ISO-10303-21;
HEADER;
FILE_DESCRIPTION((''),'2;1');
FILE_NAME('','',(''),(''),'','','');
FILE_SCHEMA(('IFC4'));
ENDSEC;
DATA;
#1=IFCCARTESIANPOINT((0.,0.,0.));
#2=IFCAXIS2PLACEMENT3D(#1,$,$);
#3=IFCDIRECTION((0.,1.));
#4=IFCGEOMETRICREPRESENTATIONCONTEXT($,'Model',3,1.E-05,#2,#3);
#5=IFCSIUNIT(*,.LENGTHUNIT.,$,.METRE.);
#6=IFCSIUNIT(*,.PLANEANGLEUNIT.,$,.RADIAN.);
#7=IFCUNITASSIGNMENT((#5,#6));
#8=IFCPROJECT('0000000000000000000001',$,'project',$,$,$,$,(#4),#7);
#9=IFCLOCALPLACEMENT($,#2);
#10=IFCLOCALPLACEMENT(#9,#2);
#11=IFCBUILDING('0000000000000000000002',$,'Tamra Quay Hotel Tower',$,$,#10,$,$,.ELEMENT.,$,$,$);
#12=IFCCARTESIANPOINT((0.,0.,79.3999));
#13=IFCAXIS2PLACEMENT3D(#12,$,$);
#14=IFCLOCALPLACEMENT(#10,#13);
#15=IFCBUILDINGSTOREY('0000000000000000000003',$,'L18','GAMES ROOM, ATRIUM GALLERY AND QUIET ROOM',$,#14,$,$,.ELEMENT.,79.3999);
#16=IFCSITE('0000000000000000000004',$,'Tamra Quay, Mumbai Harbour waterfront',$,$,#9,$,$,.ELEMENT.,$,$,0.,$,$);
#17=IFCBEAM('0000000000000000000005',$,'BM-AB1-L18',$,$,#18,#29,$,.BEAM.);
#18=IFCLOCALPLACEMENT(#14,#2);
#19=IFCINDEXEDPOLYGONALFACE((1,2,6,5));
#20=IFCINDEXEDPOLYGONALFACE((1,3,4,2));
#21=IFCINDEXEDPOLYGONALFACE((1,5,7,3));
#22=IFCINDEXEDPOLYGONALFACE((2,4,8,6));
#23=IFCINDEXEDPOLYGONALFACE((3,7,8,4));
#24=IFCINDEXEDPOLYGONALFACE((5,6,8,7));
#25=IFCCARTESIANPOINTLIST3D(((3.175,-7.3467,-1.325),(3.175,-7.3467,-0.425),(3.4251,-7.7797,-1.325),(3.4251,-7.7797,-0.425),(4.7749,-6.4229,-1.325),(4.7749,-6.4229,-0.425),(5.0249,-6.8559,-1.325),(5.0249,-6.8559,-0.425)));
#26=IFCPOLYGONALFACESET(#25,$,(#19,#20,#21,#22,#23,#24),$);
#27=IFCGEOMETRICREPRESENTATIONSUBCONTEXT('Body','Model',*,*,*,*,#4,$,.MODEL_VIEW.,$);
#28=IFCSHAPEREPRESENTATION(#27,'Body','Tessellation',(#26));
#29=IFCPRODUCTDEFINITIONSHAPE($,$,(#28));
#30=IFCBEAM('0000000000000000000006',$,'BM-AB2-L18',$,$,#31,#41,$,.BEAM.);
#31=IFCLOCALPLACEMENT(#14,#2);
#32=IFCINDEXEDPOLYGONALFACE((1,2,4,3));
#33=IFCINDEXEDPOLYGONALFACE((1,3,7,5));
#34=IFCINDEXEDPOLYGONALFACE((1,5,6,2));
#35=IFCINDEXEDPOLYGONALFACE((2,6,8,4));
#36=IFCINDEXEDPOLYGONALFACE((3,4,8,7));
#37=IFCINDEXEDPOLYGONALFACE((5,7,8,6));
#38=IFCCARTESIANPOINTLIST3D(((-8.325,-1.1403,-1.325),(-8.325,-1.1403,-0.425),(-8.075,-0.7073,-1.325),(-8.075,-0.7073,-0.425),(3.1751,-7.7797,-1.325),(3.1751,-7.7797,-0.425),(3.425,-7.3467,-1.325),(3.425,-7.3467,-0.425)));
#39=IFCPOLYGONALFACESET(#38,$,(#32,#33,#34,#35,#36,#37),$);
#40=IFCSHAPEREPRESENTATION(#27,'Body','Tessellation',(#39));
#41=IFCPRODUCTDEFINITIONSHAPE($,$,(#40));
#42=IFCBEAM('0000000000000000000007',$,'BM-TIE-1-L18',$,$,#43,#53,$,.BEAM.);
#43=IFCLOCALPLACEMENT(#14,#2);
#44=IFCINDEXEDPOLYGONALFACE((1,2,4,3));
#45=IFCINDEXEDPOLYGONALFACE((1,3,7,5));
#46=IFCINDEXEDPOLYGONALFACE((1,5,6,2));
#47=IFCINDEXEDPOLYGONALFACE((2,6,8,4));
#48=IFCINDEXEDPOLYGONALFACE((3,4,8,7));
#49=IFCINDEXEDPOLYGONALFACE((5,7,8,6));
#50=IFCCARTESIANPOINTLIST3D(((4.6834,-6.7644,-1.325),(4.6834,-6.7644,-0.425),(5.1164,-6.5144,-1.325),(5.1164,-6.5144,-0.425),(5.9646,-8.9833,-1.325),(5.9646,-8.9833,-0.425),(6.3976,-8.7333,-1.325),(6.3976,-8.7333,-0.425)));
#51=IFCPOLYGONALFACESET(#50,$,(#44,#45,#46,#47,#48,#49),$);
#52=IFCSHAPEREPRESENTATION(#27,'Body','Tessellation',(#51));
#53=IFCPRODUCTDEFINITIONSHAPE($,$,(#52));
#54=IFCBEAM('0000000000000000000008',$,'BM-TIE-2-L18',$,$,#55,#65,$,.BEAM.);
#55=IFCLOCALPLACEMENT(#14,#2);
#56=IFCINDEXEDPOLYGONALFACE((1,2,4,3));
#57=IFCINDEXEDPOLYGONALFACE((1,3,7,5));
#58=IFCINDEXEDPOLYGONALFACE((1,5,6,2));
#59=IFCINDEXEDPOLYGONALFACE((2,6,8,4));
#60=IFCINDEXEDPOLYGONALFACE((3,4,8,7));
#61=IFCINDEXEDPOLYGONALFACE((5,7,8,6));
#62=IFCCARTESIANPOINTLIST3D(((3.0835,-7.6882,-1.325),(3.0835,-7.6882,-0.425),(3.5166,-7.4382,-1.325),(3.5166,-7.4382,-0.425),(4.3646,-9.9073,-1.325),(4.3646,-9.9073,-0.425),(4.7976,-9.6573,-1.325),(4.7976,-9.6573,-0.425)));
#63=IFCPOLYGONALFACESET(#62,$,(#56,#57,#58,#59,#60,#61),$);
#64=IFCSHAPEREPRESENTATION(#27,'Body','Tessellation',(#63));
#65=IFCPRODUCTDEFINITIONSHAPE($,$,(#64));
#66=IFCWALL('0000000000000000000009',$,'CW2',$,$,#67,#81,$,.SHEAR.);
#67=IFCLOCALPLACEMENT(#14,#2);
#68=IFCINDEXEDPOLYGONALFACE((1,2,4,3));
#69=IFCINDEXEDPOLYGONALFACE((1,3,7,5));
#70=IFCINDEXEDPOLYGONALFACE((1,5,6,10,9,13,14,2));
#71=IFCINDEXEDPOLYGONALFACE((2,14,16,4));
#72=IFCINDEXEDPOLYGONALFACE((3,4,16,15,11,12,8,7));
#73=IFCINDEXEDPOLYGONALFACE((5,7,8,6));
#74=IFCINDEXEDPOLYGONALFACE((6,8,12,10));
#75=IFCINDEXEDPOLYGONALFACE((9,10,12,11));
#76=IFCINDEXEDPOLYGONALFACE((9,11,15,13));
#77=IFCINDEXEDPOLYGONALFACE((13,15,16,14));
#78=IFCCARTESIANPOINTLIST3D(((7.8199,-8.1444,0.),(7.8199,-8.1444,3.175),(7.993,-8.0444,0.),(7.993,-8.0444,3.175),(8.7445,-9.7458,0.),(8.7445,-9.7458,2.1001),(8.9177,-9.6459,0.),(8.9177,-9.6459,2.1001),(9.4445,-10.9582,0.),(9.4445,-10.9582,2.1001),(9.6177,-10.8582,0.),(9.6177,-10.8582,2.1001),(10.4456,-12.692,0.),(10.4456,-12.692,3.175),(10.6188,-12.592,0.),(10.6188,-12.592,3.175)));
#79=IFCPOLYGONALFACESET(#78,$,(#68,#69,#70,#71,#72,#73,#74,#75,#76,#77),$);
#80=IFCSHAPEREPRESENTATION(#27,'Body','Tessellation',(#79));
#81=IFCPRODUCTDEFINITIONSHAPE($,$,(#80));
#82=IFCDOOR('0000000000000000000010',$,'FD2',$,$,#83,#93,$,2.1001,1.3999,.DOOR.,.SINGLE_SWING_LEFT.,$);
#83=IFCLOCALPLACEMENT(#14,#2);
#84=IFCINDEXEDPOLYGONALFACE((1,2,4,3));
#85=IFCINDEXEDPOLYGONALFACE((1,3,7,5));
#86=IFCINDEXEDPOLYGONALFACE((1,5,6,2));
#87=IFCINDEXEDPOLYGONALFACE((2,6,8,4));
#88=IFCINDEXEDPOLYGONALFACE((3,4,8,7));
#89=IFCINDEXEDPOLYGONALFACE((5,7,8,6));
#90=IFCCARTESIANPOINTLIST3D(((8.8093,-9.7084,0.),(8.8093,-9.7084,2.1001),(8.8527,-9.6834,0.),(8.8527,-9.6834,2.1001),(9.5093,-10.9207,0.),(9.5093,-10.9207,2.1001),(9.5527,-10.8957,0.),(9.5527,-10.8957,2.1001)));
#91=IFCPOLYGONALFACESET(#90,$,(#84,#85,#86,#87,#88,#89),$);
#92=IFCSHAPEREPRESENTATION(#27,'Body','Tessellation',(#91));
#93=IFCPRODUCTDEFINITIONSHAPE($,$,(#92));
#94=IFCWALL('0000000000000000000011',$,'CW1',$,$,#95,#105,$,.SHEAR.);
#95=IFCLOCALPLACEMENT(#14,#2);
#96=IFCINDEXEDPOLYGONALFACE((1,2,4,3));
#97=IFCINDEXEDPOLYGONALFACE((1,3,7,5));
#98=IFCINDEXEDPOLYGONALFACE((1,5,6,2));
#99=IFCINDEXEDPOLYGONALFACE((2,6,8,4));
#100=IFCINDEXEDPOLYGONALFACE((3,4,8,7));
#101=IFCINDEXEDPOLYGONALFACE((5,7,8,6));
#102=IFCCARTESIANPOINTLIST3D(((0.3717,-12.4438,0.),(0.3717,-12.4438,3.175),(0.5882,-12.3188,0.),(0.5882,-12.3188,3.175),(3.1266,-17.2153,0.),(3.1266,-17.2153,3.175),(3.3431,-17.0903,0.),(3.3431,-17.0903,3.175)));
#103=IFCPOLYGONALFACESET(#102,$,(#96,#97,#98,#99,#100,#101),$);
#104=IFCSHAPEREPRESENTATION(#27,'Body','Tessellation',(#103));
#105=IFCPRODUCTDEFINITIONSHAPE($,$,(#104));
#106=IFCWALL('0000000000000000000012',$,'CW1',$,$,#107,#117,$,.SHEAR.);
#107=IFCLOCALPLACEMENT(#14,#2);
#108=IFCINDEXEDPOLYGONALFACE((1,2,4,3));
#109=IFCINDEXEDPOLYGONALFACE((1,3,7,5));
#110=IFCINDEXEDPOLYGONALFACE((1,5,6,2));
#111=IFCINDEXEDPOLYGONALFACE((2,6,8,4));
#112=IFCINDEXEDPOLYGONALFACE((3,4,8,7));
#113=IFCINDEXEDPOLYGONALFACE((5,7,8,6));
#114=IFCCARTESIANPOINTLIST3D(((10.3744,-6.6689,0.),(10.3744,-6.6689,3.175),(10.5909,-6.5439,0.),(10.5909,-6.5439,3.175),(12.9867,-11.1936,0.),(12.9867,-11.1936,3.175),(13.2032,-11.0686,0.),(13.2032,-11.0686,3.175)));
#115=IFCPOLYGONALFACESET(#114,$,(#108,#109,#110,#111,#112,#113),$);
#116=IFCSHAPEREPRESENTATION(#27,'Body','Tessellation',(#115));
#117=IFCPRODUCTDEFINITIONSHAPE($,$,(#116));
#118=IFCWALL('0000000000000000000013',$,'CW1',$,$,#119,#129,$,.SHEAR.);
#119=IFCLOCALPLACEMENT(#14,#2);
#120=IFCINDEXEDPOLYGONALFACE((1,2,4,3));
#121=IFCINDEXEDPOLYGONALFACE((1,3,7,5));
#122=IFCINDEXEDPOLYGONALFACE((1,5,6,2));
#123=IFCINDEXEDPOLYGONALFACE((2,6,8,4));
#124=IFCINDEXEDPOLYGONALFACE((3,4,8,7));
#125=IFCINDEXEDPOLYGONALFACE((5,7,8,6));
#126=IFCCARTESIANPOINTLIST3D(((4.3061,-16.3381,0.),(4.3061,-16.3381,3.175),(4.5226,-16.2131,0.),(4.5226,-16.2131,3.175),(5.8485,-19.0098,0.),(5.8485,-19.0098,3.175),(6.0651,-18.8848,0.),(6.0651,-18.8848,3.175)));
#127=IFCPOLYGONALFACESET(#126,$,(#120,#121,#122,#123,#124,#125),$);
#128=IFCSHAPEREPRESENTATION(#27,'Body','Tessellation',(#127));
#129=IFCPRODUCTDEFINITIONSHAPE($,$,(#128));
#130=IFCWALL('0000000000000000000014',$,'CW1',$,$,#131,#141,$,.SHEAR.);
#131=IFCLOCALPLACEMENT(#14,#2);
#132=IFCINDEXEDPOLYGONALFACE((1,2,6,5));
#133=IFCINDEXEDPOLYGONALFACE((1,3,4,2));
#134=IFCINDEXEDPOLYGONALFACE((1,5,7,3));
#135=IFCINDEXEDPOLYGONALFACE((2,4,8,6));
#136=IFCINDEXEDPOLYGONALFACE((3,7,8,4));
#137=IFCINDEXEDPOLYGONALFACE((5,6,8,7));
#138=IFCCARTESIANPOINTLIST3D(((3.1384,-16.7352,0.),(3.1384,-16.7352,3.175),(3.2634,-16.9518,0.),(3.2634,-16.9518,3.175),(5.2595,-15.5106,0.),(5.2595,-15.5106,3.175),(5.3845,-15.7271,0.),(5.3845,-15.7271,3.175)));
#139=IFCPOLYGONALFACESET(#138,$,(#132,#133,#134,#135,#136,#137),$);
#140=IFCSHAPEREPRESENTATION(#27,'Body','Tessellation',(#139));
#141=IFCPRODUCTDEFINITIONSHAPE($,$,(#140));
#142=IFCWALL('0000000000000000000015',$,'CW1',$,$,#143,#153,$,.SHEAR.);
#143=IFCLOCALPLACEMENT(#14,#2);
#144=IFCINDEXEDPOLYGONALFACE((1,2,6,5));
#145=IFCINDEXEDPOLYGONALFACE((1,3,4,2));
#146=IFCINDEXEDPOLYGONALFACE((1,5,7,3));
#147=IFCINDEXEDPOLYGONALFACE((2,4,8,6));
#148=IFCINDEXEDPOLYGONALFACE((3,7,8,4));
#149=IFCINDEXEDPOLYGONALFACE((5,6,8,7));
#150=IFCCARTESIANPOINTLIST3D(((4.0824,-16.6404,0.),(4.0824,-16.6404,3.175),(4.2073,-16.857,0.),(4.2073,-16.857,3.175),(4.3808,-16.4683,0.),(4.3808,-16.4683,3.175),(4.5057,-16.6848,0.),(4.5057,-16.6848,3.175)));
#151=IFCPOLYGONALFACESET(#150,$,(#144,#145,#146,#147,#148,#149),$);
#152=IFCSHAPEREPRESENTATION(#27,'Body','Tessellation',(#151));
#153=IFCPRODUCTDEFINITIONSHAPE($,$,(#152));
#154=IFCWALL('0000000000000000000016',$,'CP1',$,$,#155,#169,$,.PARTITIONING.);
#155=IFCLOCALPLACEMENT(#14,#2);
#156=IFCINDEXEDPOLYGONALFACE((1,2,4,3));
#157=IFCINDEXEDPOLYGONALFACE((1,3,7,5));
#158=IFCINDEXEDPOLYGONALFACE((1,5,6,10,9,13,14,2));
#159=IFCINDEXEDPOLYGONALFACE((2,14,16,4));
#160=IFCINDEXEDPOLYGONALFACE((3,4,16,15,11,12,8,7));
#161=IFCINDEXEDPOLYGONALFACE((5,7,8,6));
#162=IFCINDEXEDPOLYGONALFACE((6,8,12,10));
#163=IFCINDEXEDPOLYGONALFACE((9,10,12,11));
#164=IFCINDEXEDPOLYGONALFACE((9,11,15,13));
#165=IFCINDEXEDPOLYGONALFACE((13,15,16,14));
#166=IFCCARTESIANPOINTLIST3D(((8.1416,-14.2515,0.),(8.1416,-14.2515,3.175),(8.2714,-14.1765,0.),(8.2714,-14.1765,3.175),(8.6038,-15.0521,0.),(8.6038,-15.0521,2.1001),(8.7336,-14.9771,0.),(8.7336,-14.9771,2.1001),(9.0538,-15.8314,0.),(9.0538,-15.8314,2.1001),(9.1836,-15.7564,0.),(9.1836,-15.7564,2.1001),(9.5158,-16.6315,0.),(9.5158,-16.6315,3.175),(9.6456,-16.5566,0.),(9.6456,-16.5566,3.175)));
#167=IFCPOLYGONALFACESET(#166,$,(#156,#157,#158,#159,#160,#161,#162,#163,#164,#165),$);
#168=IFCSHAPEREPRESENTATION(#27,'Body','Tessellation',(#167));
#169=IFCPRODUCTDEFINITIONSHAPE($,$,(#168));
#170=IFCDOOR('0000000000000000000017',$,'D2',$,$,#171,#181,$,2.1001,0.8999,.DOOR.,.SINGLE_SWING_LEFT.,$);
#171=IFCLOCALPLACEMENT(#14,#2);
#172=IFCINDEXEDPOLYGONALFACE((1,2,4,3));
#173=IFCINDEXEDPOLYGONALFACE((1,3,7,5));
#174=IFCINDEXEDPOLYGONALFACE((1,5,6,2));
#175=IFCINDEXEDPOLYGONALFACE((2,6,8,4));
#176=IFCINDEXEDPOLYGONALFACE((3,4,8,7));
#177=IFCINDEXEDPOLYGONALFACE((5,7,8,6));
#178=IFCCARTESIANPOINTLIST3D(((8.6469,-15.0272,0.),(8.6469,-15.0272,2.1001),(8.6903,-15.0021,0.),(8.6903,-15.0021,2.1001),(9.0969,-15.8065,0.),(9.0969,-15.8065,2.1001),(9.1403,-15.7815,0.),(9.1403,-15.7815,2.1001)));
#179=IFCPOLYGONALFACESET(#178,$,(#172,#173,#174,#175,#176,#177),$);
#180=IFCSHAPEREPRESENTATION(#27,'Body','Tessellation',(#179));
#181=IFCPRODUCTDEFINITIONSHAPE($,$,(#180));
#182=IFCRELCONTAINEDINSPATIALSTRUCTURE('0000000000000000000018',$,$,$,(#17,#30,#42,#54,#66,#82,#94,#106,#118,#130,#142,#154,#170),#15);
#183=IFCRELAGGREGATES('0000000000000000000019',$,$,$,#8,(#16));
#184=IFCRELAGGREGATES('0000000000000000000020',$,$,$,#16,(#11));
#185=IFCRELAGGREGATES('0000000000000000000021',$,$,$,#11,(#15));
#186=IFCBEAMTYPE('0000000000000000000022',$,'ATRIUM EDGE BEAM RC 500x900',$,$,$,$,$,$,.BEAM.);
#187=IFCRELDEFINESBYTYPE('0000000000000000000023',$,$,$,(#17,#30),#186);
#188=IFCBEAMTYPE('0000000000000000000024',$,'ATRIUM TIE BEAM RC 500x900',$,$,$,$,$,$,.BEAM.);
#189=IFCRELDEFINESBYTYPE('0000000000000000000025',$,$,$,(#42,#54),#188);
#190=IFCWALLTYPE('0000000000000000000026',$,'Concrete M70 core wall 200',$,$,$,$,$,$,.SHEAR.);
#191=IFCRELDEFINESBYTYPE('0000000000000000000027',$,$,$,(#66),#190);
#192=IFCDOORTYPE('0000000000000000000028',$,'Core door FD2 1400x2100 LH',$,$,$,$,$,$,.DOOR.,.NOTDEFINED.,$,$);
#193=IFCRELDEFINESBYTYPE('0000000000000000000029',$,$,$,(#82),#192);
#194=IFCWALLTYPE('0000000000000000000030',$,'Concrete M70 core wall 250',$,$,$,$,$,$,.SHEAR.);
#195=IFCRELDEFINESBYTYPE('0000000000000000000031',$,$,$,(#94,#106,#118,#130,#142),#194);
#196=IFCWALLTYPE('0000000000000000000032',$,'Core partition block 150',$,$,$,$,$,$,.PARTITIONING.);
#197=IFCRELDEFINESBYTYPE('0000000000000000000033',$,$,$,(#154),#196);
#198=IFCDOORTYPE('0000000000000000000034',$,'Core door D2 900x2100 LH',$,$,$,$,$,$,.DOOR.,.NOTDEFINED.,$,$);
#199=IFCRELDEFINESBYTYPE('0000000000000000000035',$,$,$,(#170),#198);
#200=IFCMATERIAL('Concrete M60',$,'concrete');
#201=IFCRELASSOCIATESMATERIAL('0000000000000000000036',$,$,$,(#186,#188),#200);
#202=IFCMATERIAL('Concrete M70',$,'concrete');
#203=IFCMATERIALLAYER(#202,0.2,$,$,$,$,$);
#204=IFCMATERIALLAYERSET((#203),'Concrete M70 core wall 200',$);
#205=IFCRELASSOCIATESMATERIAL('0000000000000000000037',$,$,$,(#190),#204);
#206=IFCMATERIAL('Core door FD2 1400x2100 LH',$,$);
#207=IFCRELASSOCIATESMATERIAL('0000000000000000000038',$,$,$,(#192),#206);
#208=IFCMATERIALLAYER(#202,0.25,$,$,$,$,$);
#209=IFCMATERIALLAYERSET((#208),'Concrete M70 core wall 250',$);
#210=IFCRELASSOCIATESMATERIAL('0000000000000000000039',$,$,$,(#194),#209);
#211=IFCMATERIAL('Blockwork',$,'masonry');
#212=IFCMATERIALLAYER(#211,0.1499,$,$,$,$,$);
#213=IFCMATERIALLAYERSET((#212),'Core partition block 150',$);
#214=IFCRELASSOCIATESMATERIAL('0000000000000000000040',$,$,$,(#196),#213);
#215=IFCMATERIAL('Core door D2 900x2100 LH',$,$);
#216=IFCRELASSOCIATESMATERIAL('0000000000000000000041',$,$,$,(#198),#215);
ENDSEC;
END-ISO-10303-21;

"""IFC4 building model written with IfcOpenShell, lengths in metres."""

from ifc_helpers import new_model, si_unit, direction, frame, frame_2d, origin, origin_2d, place, context, subcontext, project, spatial, rectangle, extrude, material, layer, layer_set, material_profile, profile_set, type_object, element, fill, save


model = new_model("IFC4")

# Units and contexts
model_context = context("Model", 3, precision=1e-05, world=origin(), true_north=direction((0.0, 1.0)))
body_context = subcontext(model_context, "Body", "Model", "MODEL_VIEW")
ifc_project = project(units=[si_unit("LENGTHUNIT", "METRE"), si_unit("PLANEANGLEUNIT", "RADIAN")], contexts=[model_context])

# Site, building, storey
site_placement = place(None, origin())
site = spatial("IfcSite", under=ifc_project, at=site_placement, Name="Tamra Quay, Mumbai Harbour waterfront", CompositionType="ELEMENT", RefElevation=0.0)
building_placement = place(site_placement, origin())
building = spatial("IfcBuilding", under=site, at=building_placement, Name="Tamra Quay Hotel Tower", CompositionType="ELEMENT")
storey_placement = place(building_placement, frame((0.0, 0.0, 79.3999)))
storey = spatial("IfcBuildingStorey", under=building, at=storey_placement, Name="L18", Description="GAMES ROOM, ATRIUM GALLERY AND QUIET ROOM", CompositionType="ELEMENT", Elevation=79.3999)

# Beams
ifc_material_1 = material(Name="Concrete M60", Category="concrete")
ifc_material_profile_1 = material_profile(ifc_material_1, rectangle(XDim=0.5, YDim=0.8999, at=origin_2d()), Name="ATRIUM EDGE BEAM RC 500x900")
ifc_profile_set_1 = profile_set([ifc_material_profile_1], Name="Concrete M60")
beam_type_1 = type_object("IfcBeamType", Name="ATRIUM EDGE BEAM RC 500x900", PredefinedType="BEAM", material=ifc_profile_set_1)
beam_1_placement = place(storey_placement, frame((4.8999, -6.6394, -0.875), z_axis=(-0.86599, -0.500062, 0.0), x_axis=(0.500062, -0.86599, 0.0)))
element("IfcBeam", 1, at=beam_1_placement, inside=storey, type_object=beam_type_1, Name="BM-AB1-L18", PredefinedType="BEAM", context=body_context, shape_type="SweptSolid", body=[
    extrude(rectangle(XDim=0.5, YDim=0.8999, at=origin_2d()), origin(), (0.0, 0.0, 1.0), 1.8474),
])
beam_2_placement = place(storey_placement, frame((3.3, -7.5632, -0.875), z_axis=(-0.866029, 0.499993, 0.0), x_axis=(-0.499993, -0.866029, 0.0)))
element("IfcBeam", 2, at=beam_2_placement, inside=storey, type_object=beam_type_1, Name="BM-AB2-L18", PredefinedType="BEAM", context=body_context, shape_type="SweptSolid", body=[
    extrude(rectangle(XDim=0.5, YDim=0.8999, at=origin_2d()), origin(), (0.0, 0.0, 1.0), 13.2791),
])
ifc_material_profile_2 = material_profile(ifc_material_1, rectangle(XDim=0.5, YDim=0.8999, at=origin_2d()), Name="ATRIUM TIE BEAM RC 500x900")
ifc_profile_set_2 = profile_set([ifc_material_profile_2], Name="Concrete M60")
beam_type_2 = type_object("IfcBeamType", Name="ATRIUM TIE BEAM RC 500x900", PredefinedType="BEAM", material=ifc_profile_set_2)
for number, where, z_axis, x_axis, name in (
    (3, (4.8999, -6.6394, -0.875), (0.500033, -0.866006, 0.0), (0.866006, 0.500033, 0.0), "BM-TIE-1-L18"),
    (4, (3.3, -7.5632, -0.875), (0.499962, -0.866048, 0.0), (0.866048, 0.499962, 0.0), "BM-TIE-2-L18"),
):
    element("IfcBeam", number, at=place(storey_placement, frame(where, z_axis=z_axis, x_axis=x_axis)), inside=storey, type_object=beam_type_2, Name=name, PredefinedType="BEAM", context=body_context, shape_type="SweptSolid", body=[
        extrude(rectangle(XDim=0.5, YDim=0.8999, at=origin_2d()), origin(), (0.0, 0.0, 1.0), 2.5623),
    ])

# Wall, opening, door
ifc_material_2 = material(Name="Concrete M70", Category="concrete")
ifc_layer_1 = layer(ifc_material_2, 0.2)
ifc_layer_set_1 = layer_set([ifc_layer_1], Name="Concrete M70 core wall 200")
wall_type_1 = type_object("IfcWallType", Name="Concrete M70 core wall 200", PredefinedType="SHEAR", material=ifc_layer_set_1)
wall_1_placement = place(storey_placement, frame((7.9065, -8.0945, 0.0), z_axis=(0.0, 0.0, 1.0), x_axis=(0.500024, -0.866011, 0.0)))
wall_1 = element("IfcWall", 5, at=wall_1_placement, inside=storey, type_object=wall_type_1, Name="CW2", PredefinedType="SHEAR", context=body_context, shape_type="SweptSolid", body=[
    extrude(rectangle(XDim=5.2512, YDim=0.2, at=frame_2d((2.6255, 0.0))), origin(), (0.0, 0.0, 1.0), 3.175),
])
opening_1_placement = place(wall_1_placement, frame((1.8491, 0.0, 0.0)))
opening_1 = element("IfcOpeningElement", 6, at=opening_1_placement, cuts=wall_1, PredefinedType="OPENING", context=body_context, shape_type="SweptSolid", body=[
    extrude(rectangle(XDim=1.3999, YDim=2.1001, at=frame_2d((0.7, 1.05))), frame((0.0, 0.1099, 0.0), z_axis=(0.0, -1.0, 0.0), x_axis=(1.0, 0.0, 0.0)), (0.0, 0.0, 1.0), 0.22),
])
ifc_material_3 = material(Name="Core door FD2 1400x2100 LH")
door_type_1 = type_object("IfcDoorType", Name="Core door FD2 1400x2100 LH", OperationType="NOTDEFINED", PredefinedType="DOOR", material=ifc_material_3)
door_1_placement = place(opening_1_placement, origin())
door_1 = element("IfcDoor", 7, at=door_1_placement, inside=storey, type_object=door_type_1, Name="FD2", OperationType="SINGLE_SWING_LEFT", OverallHeight=2.1001, OverallWidth=1.3999, PredefinedType="DOOR", context=body_context, shape_type="SweptSolid", body=[
    extrude(rectangle(XDim=1.3999, YDim=2.1001, at=frame_2d((0.7, 1.05))), frame((0.0, 0.0249, 0.0), z_axis=(0.0, -1.0, 0.0), x_axis=(1.0, 0.0, 0.0)), (0.0, 0.0, 1.0), 0.05),
])
fill(opening_1, door_1)

# Walls
ifc_layer_2 = layer(ifc_material_2, 0.25)
ifc_layer_set_2 = layer_set([ifc_layer_2], Name="Concrete M70 core wall 250")
wall_type_2 = type_object("IfcWallType", Name="Concrete M70 core wall 250", PredefinedType="SHEAR", material=ifc_layer_set_2)
wall_2_placement = place(storey_placement, frame((3.2349, -17.1528, 0.0), z_axis=(0.0, 0.0, 1.0), x_axis=(-0.500009, 0.86602, 0.0)))
element("IfcWall", 8, at=wall_2_placement, inside=storey, type_object=wall_type_2, Name="CW1", PredefinedType="SHEAR", context=body_context, shape_type="SweptSolid", body=[
    extrude(rectangle(XDim=5.5098, YDim=0.25, at=frame_2d((2.7549, 0.0))), origin(), (0.0, 0.0, 1.0), 3.175),
])
wall_3_placement = place(storey_placement, frame((10.4827, -6.6064, 0.0), z_axis=(0.0, 0.0, 1.0), x_axis=(0.499999, -0.866026, 0.0)))
element("IfcWall", 9, at=wall_3_placement, inside=storey, type_object=wall_type_2, Name="CW1", PredefinedType="SHEAR", context=body_context, shape_type="SweptSolid", body=[
    extrude(rectangle(XDim=5.2246, YDim=0.25, at=frame_2d((2.6123, 0.0))), origin(), (0.0, 0.0, 1.0), 3.175),
])
wall_4_placement = place(storey_placement, frame((4.4143, -16.2756, 0.0), z_axis=(0.0, 0.0, 1.0), x_axis=(0.500003, -0.866023, 0.0)))
element("IfcWall", 10, at=wall_4_placement, inside=storey, type_object=wall_type_2, Name="CW1", PredefinedType="SHEAR", context=body_context, shape_type="SweptSolid", body=[
    extrude(rectangle(XDim=3.085, YDim=0.25, at=frame_2d((1.5425, 0.0))), origin(), (0.0, 0.0, 1.0), 3.175),
])
wall_5_placement = place(storey_placement, frame((5.322, -15.6189, 0.0), z_axis=(0.0, 0.0, 1.0), x_axis=(-0.866026, -0.499999, 0.0)))
element("IfcWall", 11, at=wall_5_placement, inside=storey, type_object=wall_type_2, Name="CW1", PredefinedType="SHEAR", context=body_context, shape_type="SweptSolid", body=[
    extrude(rectangle(XDim=2.4492, YDim=0.25, at=frame_2d((1.2246, 0.0))), origin(), (0.0, 0.0, 1.0), 3.175),
])
wall_6_placement = place(storey_placement, frame((4.1448, -16.7488, 0.0), z_axis=(0.0, 0.0, 1.0), x_axis=(0.866186, 0.499722, 0.0)))
element("IfcWall", 12, at=wall_6_placement, inside=storey, type_object=wall_type_2, Name="CW1", PredefinedType="SHEAR", context=body_context, shape_type="SweptSolid", body=[
    extrude(rectangle(XDim=0.3445, YDim=0.25, at=frame_2d((0.1724, 0.0))), origin(), (0.0, 0.0, 1.0), 3.175),
])

# Wall, opening, door
ifc_material_4 = material(Name="Blockwork", Category="masonry")
ifc_layer_3 = layer(ifc_material_4, 0.1499)
ifc_layer_set_3 = layer_set([ifc_layer_3], Name="Core partition block 150")
wall_type_3 = type_object("IfcWallType", Name="Core partition block 150", PredefinedType="PARTITIONING", material=ifc_layer_set_3)
wall_7_placement = place(storey_placement, frame((8.2065, -14.2141, 0.0), z_axis=(0.0, 0.0, 1.0), x_axis=(0.500027, -0.86601, 0.0)))
wall_7 = element("IfcWall", 13, at=wall_7_placement, inside=storey, type_object=wall_type_3, Name="CP1", PredefinedType="PARTITIONING", context=body_context, shape_type="SweptSolid", body=[
    extrude(rectangle(XDim=2.7483, YDim=0.1499, at=frame_2d((1.374, 0.0))), origin(), (0.0, 0.0, 1.0), 3.175),
])
opening_2_placement = place(wall_7_placement, frame((0.9243, 0.0, 0.0)))
opening_2 = element("IfcOpeningElement", 14, at=opening_2_placement, cuts=wall_7, PredefinedType="OPENING", context=body_context, shape_type="SweptSolid", body=[
    extrude(rectangle(XDim=0.8999, YDim=2.1001, at=frame_2d((0.45, 1.05))), frame((0.0, 0.085, 0.0), z_axis=(0.0, -1.0, 0.0), x_axis=(1.0, 0.0, 0.0)), (0.0, 0.0, 1.0), 0.1699),
])
ifc_material_5 = material(Name="Core door D2 900x2100 LH")
door_type_2 = type_object("IfcDoorType", Name="Core door D2 900x2100 LH", OperationType="NOTDEFINED", PredefinedType="DOOR", material=ifc_material_5)
door_2_placement = place(opening_2_placement, origin())
door_2 = element("IfcDoor", 15, at=door_2_placement, inside=storey, type_object=door_type_2, Name="D2", OperationType="SINGLE_SWING_LEFT", OverallHeight=2.1001, OverallWidth=0.8999, PredefinedType="DOOR", context=body_context, shape_type="SweptSolid", body=[
    extrude(rectangle(XDim=0.8999, YDim=2.1001, at=frame_2d((0.45, 1.05))), frame((0.0, 0.0249, 0.0), z_axis=(0.0, -1.0, 0.0), x_axis=(1.0, 0.0, 0.0)), (0.0, 0.0, 1.0), 0.05),
])
fill(opening_2, door_2)

save(model, "model.ifc")
